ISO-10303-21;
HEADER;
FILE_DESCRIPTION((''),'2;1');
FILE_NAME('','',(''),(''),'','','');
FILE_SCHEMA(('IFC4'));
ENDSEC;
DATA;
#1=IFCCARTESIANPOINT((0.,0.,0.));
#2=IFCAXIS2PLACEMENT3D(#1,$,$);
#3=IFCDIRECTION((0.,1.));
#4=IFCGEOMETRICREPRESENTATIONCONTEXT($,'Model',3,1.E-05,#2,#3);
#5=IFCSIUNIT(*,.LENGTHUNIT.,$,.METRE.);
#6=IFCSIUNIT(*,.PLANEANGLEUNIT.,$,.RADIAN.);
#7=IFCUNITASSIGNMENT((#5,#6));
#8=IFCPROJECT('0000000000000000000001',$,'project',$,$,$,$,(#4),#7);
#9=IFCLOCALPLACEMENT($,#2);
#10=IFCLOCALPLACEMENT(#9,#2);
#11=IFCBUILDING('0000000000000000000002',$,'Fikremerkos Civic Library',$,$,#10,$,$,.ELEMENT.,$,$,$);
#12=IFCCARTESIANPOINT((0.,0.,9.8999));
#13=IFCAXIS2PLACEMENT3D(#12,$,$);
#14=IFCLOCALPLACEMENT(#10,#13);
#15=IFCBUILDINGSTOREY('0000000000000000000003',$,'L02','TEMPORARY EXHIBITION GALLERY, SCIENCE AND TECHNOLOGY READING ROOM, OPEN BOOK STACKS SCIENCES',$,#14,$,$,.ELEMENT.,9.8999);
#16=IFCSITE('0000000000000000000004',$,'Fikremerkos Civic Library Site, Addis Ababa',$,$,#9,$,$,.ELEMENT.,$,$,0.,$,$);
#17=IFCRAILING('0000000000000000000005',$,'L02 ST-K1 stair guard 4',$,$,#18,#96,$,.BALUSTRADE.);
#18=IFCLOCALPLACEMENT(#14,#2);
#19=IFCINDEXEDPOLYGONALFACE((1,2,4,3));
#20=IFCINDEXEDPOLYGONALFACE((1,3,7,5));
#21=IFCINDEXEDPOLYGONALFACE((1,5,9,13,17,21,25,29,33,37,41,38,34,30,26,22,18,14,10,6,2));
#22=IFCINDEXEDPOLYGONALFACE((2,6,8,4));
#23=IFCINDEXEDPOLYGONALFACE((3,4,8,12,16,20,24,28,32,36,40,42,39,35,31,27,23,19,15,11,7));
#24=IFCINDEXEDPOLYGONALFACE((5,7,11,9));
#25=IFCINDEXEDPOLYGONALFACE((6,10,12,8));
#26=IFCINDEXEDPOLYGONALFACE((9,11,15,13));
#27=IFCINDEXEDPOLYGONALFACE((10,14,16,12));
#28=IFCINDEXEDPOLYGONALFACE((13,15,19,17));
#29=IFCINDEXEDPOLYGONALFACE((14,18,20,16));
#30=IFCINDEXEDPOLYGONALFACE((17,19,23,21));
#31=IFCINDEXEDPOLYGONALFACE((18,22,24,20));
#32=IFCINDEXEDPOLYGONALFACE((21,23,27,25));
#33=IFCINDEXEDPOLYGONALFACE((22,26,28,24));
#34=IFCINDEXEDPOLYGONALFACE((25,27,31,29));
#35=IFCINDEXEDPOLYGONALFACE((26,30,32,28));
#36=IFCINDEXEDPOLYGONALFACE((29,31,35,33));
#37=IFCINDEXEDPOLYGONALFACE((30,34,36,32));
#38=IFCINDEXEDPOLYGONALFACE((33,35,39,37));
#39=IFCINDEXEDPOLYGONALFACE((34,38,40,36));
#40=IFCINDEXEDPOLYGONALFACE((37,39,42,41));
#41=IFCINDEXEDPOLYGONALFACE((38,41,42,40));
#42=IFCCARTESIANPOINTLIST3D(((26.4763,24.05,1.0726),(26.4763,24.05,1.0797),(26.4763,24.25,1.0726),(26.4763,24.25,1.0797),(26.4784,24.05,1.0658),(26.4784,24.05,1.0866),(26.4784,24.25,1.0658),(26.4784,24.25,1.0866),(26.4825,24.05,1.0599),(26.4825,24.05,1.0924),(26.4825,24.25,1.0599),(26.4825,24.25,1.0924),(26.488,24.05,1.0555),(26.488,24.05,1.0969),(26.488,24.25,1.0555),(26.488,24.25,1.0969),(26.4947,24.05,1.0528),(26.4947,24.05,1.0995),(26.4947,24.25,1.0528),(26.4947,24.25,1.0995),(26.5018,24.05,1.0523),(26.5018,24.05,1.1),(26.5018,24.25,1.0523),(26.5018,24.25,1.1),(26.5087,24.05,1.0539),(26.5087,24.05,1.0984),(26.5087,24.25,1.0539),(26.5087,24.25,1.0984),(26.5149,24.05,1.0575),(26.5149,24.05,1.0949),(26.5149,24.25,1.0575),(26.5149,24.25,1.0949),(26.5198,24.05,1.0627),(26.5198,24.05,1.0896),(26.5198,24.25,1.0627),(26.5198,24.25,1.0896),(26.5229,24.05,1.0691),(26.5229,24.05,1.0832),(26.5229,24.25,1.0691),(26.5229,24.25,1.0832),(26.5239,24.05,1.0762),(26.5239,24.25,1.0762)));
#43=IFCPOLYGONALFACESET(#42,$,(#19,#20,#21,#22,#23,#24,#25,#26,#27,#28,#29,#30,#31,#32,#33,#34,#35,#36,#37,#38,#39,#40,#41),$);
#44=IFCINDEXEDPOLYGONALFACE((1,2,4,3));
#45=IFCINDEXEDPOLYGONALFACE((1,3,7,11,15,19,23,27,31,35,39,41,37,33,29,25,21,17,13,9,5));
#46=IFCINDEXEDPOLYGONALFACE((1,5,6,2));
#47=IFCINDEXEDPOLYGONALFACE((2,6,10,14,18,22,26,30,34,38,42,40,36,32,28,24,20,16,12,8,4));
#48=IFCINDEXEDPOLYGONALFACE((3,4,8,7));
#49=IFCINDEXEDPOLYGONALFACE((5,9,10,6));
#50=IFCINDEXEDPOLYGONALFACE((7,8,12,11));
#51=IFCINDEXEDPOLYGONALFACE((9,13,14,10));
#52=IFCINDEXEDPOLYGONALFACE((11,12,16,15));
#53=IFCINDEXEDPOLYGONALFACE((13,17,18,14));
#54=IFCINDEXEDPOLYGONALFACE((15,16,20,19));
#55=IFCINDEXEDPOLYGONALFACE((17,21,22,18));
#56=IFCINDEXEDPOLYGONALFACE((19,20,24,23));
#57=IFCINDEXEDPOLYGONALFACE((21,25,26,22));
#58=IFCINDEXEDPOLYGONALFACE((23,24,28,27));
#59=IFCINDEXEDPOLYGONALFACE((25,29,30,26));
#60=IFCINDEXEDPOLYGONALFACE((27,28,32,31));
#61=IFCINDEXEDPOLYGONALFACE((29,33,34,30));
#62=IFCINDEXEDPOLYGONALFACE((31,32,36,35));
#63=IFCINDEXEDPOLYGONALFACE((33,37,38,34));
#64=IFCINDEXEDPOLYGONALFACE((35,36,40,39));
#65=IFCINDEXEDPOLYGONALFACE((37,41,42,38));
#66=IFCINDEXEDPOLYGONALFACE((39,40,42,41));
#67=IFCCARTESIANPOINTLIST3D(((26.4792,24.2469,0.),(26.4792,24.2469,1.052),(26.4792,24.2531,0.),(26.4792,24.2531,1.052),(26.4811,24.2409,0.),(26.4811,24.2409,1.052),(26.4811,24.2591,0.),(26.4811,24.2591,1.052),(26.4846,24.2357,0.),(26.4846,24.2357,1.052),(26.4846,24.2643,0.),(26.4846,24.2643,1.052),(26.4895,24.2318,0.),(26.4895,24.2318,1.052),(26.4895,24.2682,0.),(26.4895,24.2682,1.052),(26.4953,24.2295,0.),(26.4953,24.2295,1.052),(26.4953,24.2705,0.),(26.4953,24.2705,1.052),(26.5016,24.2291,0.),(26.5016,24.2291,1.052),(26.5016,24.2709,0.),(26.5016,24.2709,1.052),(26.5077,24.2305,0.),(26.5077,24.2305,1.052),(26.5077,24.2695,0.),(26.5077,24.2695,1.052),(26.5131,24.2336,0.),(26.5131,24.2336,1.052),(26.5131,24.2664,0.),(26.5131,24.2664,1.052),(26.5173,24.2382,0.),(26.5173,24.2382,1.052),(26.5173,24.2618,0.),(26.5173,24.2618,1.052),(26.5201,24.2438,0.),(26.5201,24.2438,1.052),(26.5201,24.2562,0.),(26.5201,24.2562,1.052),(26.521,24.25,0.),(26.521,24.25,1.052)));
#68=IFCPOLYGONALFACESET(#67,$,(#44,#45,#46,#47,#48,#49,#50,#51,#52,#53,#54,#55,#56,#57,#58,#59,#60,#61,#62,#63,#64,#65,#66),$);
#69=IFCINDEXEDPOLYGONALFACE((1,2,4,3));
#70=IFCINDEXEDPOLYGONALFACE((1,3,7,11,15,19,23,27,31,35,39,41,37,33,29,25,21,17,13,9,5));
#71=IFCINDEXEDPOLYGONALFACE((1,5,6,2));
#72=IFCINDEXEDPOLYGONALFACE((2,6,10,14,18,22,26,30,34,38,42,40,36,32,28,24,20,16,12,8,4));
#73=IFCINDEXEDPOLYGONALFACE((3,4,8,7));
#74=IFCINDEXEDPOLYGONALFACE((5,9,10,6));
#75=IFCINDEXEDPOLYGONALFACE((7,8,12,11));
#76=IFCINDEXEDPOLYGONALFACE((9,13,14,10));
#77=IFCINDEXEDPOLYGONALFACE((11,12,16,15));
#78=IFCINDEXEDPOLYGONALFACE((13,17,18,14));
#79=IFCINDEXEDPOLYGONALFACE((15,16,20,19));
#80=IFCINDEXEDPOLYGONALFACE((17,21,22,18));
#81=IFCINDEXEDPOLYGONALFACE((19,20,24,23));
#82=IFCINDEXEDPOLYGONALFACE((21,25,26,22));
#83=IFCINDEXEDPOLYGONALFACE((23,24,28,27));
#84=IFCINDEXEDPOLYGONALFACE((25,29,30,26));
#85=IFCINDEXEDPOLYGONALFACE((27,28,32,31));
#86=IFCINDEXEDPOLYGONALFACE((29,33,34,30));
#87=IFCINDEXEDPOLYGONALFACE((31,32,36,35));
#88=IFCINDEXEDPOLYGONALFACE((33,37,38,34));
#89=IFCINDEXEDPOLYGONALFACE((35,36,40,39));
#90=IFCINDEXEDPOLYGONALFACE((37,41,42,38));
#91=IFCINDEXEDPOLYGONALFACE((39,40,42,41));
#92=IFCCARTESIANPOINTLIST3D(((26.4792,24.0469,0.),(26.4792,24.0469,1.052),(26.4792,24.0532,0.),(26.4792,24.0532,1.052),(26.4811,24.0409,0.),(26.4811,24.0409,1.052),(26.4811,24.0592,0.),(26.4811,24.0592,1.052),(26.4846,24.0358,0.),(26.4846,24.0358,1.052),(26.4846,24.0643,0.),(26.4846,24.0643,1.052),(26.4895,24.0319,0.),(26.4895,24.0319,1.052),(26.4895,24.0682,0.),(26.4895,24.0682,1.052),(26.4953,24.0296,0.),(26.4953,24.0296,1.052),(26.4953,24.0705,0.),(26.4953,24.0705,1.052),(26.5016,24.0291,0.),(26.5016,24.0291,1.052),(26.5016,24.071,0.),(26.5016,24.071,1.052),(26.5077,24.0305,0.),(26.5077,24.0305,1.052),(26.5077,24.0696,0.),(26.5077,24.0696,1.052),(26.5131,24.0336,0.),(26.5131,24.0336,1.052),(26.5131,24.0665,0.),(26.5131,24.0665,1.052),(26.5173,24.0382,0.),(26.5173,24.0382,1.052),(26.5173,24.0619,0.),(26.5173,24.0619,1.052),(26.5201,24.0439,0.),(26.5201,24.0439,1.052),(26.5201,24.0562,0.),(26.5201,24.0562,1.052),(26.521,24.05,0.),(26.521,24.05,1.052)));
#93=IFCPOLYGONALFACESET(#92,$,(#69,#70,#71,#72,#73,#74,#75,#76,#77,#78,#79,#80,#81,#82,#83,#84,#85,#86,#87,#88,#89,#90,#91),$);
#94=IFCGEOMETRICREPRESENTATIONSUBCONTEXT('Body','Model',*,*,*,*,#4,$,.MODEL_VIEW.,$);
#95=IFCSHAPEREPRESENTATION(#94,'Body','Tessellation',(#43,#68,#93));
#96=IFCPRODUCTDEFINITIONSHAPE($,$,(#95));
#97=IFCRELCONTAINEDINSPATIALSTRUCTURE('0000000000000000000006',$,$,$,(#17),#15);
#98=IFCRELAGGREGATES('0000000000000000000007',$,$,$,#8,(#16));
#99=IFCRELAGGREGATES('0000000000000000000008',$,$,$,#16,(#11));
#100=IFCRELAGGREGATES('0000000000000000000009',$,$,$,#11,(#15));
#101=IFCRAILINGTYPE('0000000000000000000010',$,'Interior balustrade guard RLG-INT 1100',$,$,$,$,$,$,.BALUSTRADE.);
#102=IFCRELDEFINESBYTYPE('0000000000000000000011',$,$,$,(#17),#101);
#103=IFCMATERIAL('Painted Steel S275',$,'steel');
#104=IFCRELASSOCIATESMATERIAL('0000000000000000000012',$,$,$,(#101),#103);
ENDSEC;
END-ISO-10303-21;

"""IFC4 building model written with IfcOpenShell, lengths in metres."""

from ifc_helpers import new_model, si_unit, direction, frame, origin, origin_2d, place, context, subcontext, project, spatial, circle, extrude, material, type_object, element, save


model = new_model("IFC4")

# Units and contexts
model_context = context("Model", 3, precision=1e-05, world=origin(), true_north=direction((0.0, 1.0)))
body_context = subcontext(model_context, "Body", "Model", "MODEL_VIEW")
ifc_project = project(units=[si_unit("LENGTHUNIT", "METRE"), si_unit("PLANEANGLEUNIT", "RADIAN")], contexts=[model_context])

# Site, building, storey
site_placement = place(None, origin())
site = spatial("IfcSite", under=ifc_project, at=site_placement, Name="Fikremerkos Civic Library Site, Addis Ababa", CompositionType="ELEMENT", RefElevation=0.0)
building_placement = place(site_placement, origin())
building = spatial("IfcBuilding", under=site, at=building_placement, Name="Fikremerkos Civic Library", CompositionType="ELEMENT")
storey_placement = place(building_placement, frame((0.0, 0.0, 9.8999)))
storey = spatial("IfcBuildingStorey", under=building, at=storey_placement, Name="L02", Description="TEMPORARY EXHIBITION GALLERY, SCIENCE AND TECHNOLOGY READING ROOM, OPEN BOOK STACKS SCIENCES", CompositionType="ELEMENT", Elevation=9.8999)

# Railing
ifc_material_1 = material(Name="Painted Steel S275", Category="steel")
railing_type_1 = type_object("IfcRailingType", Name="Interior balustrade guard RLG-INT 1100", PredefinedType="BALUSTRADE", material=ifc_material_1)
railing_1_placement = place(storey_placement, frame((26.5, 24.25, 0.0)))
element("IfcRailing", 1, at=railing_1_placement, inside=storey, type_object=railing_type_1, Name="L02 ST-K1 stair guard 4", PredefinedType="BALUSTRADE", context=body_context, shape_type="SweptSolid", body=[
    extrude(circle(Radius=0.0239, at=origin_2d()), frame((0.0, 0.0, 1.0762), z_axis=(0.0, -1.0, 0.0), x_axis=(1.0, 0.0, 0.0)), (0.0, 0.0, 1.0), 0.2),
    extrude(circle(Radius=0.021, at=origin_2d()), origin(), (0.0, 0.0, 1.0), 1.052),
    extrude(circle(Radius=0.021, at=origin_2d()), frame((0.0, -0.2, 0.0)), (0.0, 0.0, 1.0), 1.052),
])

save(model, "model.ifc")
